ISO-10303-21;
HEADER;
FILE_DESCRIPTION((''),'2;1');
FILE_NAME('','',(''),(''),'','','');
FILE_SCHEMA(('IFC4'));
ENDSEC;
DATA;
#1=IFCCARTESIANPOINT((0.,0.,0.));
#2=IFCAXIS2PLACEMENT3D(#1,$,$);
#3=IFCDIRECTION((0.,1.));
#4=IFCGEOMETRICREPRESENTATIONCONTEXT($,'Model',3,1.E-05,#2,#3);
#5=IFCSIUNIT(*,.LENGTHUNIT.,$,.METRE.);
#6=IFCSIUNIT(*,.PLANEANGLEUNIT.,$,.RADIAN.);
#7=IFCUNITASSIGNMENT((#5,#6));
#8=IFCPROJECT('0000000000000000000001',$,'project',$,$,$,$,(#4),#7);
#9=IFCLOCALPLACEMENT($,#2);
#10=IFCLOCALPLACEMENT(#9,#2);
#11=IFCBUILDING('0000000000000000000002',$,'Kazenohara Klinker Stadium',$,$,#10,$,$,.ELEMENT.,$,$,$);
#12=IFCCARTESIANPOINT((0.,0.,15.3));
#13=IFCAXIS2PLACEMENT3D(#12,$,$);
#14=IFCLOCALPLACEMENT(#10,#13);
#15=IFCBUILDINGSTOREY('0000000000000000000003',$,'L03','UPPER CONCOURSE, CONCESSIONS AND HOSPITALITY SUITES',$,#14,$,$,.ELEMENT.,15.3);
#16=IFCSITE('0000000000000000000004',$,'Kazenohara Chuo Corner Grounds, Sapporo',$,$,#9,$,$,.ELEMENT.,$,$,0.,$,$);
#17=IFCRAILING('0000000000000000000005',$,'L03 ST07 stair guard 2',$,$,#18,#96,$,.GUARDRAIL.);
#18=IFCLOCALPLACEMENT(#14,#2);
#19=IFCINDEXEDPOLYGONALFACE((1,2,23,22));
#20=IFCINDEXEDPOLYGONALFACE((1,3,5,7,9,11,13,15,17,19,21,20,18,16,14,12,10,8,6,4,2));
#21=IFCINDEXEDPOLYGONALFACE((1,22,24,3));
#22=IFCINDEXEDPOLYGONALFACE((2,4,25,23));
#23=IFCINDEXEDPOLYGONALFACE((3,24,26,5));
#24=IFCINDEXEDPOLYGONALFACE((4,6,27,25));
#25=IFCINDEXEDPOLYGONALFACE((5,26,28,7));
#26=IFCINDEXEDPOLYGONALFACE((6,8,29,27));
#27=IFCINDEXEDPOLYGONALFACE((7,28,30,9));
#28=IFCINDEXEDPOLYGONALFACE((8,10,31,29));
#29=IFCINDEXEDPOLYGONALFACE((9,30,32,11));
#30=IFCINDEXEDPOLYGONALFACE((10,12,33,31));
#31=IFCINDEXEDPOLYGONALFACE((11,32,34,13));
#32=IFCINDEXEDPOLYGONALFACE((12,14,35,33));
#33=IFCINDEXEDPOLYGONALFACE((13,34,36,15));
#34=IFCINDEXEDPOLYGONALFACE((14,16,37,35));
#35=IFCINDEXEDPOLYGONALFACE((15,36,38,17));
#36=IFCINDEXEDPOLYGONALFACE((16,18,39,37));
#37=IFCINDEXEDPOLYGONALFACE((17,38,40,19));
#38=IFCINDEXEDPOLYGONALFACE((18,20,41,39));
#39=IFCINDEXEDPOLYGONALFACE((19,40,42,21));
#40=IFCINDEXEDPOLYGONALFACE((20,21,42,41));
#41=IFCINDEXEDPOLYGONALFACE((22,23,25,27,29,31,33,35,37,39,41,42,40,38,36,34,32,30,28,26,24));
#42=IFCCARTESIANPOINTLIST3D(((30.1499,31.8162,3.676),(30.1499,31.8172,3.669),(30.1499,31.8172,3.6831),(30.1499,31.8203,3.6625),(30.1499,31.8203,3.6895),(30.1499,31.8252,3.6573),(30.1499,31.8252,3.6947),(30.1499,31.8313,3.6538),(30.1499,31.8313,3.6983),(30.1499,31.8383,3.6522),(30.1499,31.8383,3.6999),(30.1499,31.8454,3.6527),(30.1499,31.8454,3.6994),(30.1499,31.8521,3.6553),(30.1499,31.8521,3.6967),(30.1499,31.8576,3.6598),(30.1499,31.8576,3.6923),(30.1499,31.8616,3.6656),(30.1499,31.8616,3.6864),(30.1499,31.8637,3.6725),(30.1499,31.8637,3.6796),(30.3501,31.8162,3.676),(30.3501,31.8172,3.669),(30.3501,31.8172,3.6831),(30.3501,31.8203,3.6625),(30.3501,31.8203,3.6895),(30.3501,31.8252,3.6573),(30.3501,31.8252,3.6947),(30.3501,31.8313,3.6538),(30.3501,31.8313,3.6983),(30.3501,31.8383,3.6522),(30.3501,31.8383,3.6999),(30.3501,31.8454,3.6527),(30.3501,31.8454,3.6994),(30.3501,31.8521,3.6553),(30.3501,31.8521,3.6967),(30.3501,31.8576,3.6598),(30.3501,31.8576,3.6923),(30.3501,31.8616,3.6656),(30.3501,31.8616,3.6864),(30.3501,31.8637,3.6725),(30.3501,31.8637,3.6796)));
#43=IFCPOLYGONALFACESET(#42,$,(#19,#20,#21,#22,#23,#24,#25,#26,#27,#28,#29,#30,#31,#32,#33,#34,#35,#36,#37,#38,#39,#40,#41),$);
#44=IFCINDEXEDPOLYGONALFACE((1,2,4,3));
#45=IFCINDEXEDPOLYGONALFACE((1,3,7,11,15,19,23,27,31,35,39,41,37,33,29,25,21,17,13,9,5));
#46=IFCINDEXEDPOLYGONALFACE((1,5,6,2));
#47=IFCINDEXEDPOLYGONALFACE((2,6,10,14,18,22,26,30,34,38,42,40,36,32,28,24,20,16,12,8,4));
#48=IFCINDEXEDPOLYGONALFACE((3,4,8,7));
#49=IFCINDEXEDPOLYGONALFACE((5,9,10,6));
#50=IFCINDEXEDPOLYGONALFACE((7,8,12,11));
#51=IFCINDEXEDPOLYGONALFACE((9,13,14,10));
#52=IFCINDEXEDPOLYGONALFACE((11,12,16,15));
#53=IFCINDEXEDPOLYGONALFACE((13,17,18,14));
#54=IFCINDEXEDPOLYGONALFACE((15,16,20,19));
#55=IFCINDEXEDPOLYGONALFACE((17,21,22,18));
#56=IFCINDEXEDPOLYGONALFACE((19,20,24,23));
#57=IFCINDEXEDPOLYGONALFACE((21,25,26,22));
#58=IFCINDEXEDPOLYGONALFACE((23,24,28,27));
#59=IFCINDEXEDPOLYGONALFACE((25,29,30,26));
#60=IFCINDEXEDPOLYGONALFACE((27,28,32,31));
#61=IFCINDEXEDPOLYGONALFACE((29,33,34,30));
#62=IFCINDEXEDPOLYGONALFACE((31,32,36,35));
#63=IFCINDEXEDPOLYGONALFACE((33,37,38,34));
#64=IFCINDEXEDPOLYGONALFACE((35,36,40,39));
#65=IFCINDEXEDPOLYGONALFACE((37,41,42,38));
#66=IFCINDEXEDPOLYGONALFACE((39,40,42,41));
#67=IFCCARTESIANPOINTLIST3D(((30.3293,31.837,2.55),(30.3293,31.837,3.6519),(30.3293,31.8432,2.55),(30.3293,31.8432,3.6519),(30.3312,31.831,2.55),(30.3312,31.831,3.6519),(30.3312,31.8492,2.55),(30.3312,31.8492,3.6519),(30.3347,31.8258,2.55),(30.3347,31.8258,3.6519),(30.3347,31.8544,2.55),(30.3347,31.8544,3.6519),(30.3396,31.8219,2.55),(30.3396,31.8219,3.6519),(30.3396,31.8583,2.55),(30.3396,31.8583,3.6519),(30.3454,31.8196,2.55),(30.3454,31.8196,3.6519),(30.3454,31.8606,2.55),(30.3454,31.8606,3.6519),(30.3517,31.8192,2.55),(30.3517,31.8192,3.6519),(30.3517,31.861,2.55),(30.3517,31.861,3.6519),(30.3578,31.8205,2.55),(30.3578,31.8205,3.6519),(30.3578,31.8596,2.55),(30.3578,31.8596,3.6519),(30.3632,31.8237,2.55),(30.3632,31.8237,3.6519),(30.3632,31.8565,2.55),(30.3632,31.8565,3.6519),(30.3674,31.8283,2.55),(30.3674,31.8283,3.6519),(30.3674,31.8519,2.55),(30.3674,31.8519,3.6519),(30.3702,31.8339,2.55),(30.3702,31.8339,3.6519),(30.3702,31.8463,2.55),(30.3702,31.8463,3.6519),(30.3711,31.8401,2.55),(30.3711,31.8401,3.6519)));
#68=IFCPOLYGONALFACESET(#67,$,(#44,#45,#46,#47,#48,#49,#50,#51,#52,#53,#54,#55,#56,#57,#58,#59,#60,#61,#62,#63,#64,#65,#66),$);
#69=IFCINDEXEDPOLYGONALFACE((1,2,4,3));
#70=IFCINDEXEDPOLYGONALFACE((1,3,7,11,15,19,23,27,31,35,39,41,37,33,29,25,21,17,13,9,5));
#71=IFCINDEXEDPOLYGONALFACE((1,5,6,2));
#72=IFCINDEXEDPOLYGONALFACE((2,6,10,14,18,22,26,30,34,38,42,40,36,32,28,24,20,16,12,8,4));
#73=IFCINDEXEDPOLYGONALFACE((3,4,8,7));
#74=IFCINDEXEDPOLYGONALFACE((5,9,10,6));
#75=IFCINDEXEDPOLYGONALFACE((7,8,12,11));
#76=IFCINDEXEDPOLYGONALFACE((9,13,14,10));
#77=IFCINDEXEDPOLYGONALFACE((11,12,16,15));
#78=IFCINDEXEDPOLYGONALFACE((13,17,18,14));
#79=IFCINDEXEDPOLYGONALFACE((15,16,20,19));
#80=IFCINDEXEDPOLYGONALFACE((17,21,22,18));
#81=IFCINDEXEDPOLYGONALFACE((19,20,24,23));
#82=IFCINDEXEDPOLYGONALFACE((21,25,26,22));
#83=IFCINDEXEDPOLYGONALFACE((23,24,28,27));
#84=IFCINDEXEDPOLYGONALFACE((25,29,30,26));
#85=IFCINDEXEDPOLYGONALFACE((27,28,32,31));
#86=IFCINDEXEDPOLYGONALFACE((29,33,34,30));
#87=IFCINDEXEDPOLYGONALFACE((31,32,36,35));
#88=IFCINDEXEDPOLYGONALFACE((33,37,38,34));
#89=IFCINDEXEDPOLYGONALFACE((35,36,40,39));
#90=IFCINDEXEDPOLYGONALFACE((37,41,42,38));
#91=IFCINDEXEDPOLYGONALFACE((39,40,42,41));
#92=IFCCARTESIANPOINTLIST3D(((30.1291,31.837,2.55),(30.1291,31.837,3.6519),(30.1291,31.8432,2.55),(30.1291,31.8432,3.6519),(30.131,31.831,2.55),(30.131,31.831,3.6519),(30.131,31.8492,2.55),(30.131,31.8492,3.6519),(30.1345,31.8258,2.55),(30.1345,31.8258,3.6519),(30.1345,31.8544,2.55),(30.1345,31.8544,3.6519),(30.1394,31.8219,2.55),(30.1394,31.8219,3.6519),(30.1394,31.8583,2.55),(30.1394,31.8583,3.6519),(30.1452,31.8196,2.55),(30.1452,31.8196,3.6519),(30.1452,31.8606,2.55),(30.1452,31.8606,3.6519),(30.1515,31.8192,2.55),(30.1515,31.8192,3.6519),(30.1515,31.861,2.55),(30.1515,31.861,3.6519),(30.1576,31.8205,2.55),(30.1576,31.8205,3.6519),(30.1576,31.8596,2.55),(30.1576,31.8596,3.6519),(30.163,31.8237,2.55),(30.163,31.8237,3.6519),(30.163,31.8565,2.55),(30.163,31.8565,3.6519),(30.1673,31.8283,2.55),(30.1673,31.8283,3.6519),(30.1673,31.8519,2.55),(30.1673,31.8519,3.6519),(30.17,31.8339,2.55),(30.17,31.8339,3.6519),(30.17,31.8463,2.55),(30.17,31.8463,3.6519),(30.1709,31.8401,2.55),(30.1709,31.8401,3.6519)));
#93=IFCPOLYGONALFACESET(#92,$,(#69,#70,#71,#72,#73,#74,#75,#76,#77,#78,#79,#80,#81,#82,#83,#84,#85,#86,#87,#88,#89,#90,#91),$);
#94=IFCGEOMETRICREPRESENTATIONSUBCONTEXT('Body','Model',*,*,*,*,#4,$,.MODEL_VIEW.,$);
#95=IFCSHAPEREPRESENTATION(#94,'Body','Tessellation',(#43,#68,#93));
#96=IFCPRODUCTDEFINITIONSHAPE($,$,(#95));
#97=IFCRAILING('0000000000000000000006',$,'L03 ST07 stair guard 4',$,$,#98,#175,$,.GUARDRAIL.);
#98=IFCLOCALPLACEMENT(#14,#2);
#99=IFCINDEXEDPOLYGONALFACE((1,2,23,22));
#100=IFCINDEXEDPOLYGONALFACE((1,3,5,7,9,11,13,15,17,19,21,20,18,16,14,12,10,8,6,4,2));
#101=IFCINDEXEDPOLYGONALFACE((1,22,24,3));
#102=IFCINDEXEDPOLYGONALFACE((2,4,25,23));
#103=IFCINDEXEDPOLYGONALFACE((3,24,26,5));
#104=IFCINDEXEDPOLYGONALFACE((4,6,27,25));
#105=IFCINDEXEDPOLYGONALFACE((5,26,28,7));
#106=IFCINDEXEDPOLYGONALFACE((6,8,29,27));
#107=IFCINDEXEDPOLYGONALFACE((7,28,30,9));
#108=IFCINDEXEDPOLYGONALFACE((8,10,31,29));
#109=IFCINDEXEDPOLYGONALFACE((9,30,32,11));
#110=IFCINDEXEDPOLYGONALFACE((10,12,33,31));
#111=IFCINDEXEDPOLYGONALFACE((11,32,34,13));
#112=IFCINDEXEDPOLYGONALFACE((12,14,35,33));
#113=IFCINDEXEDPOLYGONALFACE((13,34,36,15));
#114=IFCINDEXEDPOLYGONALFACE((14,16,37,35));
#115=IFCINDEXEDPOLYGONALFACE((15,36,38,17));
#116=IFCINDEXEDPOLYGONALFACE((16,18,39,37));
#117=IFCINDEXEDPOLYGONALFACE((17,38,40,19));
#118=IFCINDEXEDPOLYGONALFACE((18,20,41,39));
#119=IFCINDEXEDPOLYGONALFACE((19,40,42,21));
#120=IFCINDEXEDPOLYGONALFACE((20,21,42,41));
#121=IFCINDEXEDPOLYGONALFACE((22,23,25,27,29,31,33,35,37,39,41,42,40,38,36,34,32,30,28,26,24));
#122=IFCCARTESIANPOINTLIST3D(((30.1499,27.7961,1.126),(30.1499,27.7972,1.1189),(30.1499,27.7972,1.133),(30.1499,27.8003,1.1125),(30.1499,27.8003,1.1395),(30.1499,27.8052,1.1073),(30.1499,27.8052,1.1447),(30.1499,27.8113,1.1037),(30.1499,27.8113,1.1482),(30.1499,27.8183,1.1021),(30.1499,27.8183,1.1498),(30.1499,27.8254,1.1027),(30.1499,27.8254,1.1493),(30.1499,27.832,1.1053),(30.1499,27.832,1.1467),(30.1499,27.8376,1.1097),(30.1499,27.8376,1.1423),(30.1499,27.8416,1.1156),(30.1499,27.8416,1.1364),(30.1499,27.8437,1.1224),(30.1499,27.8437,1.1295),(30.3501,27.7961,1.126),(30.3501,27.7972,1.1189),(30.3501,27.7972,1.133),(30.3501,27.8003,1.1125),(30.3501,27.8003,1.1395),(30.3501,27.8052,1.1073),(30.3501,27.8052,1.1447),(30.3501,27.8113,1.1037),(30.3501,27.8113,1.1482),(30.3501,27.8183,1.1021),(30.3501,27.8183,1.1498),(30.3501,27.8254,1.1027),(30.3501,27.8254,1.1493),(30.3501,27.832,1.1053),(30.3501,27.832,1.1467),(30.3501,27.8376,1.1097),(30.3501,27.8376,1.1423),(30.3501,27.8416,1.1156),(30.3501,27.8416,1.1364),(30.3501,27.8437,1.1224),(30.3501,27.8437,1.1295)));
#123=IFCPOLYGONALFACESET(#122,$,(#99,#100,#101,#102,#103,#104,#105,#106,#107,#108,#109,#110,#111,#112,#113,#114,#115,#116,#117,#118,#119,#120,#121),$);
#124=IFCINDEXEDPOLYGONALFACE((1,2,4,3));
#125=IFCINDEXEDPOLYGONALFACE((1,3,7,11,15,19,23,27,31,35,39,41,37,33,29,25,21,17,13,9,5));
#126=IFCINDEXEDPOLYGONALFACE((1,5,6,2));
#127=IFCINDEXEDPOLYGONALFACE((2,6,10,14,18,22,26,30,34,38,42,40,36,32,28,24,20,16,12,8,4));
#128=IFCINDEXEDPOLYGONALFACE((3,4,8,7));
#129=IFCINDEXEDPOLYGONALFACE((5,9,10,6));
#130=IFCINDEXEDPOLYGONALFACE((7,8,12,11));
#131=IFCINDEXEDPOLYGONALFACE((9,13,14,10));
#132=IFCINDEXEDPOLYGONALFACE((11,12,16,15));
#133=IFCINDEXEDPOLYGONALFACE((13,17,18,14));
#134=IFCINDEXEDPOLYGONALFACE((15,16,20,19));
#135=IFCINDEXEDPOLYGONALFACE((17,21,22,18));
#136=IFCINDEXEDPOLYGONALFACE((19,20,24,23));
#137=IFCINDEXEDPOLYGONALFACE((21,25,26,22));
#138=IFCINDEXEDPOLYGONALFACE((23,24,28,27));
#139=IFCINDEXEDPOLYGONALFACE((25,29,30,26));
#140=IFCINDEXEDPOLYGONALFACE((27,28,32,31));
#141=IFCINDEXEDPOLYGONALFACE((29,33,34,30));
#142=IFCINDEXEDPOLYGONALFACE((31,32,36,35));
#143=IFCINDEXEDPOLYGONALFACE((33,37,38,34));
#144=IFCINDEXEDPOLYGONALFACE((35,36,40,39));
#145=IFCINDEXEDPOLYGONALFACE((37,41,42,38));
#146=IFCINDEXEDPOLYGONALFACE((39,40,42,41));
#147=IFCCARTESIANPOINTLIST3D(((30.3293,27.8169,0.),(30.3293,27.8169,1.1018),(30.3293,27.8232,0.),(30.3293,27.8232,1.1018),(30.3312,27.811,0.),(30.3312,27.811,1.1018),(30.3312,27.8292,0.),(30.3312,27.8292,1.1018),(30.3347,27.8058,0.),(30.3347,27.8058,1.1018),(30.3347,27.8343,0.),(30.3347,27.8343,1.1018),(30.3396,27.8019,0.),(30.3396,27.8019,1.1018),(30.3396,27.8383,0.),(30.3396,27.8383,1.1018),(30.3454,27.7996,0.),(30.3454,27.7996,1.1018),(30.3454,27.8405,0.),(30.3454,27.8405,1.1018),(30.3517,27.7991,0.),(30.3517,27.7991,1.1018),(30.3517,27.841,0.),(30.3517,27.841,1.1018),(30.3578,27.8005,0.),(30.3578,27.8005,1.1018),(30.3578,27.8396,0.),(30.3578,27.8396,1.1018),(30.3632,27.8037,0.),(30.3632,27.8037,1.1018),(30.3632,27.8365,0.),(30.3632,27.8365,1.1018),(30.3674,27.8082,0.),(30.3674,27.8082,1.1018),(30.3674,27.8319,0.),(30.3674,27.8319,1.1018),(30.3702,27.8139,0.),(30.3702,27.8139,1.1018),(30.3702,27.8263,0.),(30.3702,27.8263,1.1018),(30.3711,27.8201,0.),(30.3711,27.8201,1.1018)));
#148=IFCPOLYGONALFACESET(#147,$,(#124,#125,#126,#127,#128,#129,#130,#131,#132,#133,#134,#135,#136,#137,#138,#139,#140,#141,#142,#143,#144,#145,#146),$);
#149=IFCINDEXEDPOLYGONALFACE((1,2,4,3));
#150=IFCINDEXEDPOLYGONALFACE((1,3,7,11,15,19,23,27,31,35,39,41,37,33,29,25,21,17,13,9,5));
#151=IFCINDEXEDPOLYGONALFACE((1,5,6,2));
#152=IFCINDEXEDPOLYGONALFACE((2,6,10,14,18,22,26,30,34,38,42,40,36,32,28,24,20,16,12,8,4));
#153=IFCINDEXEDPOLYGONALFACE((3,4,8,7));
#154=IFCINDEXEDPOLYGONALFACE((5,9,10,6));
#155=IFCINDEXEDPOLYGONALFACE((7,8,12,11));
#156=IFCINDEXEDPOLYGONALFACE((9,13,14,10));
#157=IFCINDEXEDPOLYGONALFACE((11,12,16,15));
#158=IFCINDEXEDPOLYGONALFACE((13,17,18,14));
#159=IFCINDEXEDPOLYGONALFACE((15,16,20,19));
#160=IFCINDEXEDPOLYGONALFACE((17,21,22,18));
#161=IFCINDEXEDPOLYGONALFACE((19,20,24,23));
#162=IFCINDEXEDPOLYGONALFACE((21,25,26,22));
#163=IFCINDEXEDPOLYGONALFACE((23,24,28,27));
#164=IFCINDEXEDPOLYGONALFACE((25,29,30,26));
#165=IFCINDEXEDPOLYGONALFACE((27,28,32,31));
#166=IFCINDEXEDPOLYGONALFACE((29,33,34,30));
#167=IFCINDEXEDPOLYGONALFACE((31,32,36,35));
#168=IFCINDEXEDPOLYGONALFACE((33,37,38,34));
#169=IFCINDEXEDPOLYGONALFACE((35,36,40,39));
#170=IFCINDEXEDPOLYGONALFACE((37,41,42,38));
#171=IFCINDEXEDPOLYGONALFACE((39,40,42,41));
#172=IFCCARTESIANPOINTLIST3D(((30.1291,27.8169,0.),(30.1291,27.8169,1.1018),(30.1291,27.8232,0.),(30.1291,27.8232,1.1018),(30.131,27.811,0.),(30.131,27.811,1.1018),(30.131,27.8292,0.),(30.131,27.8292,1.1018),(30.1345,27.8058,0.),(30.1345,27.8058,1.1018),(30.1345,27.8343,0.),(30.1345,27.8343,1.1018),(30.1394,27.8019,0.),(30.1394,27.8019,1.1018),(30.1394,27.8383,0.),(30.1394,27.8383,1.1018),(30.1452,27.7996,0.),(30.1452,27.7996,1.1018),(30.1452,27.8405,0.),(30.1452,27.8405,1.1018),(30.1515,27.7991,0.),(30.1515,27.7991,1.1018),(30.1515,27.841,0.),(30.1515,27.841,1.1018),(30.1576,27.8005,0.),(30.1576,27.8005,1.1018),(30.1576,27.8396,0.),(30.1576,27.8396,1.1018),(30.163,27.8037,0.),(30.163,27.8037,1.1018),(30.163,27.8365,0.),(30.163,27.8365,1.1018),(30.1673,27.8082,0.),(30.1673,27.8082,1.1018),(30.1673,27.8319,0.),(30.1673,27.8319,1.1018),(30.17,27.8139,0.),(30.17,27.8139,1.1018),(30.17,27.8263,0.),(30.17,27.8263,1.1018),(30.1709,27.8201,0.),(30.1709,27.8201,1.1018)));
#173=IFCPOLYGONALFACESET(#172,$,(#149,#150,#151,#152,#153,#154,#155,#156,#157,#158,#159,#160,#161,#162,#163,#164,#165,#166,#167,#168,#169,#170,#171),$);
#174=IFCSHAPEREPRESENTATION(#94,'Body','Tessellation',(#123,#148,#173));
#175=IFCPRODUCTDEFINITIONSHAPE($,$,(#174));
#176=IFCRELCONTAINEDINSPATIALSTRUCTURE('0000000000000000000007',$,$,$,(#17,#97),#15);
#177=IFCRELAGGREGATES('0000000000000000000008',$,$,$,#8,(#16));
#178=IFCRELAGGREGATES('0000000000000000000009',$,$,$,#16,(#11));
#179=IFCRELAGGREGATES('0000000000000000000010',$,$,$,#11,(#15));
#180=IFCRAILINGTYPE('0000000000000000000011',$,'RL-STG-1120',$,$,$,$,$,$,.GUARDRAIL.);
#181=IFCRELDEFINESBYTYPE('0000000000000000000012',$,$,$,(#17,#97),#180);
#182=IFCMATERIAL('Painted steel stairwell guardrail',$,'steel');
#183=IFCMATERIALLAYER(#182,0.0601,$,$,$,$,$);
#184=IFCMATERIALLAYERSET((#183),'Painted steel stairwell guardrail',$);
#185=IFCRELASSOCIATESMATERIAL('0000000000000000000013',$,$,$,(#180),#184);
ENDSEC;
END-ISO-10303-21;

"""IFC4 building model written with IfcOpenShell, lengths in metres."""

from ifc_helpers import new_model, si_unit, direction, frame, origin, origin_2d, place, context, subcontext, project, spatial, circle, extrude, material, layer, layer_set, type_object, element, save


model = new_model("IFC4")

# Units and contexts
model_context = context("Model", 3, precision=1e-05, world=origin(), true_north=direction((0.0, 1.0)))
body_context = subcontext(model_context, "Body", "Model", "MODEL_VIEW")
ifc_project = project(units=[si_unit("LENGTHUNIT", "METRE"), si_unit("PLANEANGLEUNIT", "RADIAN")], contexts=[model_context])

# Site, building, storey
site_placement = place(None, origin())
site = spatial("IfcSite", under=ifc_project, at=site_placement, Name="Kazenohara Chuo Corner Grounds, Sapporo", CompositionType="ELEMENT", RefElevation=0.0)
building_placement = place(site_placement, origin())
building = spatial("IfcBuilding", under=site, at=building_placement, Name="Kazenohara Klinker Stadium", CompositionType="ELEMENT")
storey_placement = place(building_placement, frame((0.0, 0.0, 15.3)))
storey = spatial("IfcBuildingStorey", under=building, at=storey_placement, Name="L03", Description="UPPER CONCOURSE, CONCESSIONS AND HOSPITALITY SUITES", CompositionType="ELEMENT", Elevation=15.3)

# Railings
ifc_material_1 = material(Name="Painted steel stairwell guardrail", Category="steel")
ifc_layer_1 = layer(ifc_material_1, 0.0601)
ifc_layer_set_1 = layer_set([ifc_layer_1], Name="Painted steel stairwell guardrail")
railing_type_1 = type_object("IfcRailingType", Name="RL-STG-1120", PredefinedType="GUARDRAIL", material=ifc_layer_set_1)
for number, where, name in (
    (1, (30.3501, 31.8401, 2.55), "L03 ST07 stair guard 2"),
    (2, (30.3501, 27.8201, 0.0), "L03 ST07 stair guard 4"),
):
    element("IfcRailing", number, at=place(storey_placement, frame(where)), inside=storey, type_object=railing_type_1, Name=name, PredefinedType="GUARDRAIL", context=body_context, shape_type="SweptSolid", body=[
        extrude(circle(Radius=0.0239, at=origin_2d()), frame((0.0, 0.0, 1.126), z_axis=(-1.0, 0.0, 0.0), x_axis=(0.0, -1.0, 0.0)), (0.0, 0.0, 1.0), 0.2002),
        extrude(circle(Radius=0.021, at=origin_2d()), origin(), (0.0, 0.0, 1.0), 1.1018),
        extrude(circle(Radius=0.021, at=origin_2d()), frame((-0.2002, 0.0, 0.0)), (0.0, 0.0, 1.0), 1.1018),
    ])

save(model, "model.ifc")
